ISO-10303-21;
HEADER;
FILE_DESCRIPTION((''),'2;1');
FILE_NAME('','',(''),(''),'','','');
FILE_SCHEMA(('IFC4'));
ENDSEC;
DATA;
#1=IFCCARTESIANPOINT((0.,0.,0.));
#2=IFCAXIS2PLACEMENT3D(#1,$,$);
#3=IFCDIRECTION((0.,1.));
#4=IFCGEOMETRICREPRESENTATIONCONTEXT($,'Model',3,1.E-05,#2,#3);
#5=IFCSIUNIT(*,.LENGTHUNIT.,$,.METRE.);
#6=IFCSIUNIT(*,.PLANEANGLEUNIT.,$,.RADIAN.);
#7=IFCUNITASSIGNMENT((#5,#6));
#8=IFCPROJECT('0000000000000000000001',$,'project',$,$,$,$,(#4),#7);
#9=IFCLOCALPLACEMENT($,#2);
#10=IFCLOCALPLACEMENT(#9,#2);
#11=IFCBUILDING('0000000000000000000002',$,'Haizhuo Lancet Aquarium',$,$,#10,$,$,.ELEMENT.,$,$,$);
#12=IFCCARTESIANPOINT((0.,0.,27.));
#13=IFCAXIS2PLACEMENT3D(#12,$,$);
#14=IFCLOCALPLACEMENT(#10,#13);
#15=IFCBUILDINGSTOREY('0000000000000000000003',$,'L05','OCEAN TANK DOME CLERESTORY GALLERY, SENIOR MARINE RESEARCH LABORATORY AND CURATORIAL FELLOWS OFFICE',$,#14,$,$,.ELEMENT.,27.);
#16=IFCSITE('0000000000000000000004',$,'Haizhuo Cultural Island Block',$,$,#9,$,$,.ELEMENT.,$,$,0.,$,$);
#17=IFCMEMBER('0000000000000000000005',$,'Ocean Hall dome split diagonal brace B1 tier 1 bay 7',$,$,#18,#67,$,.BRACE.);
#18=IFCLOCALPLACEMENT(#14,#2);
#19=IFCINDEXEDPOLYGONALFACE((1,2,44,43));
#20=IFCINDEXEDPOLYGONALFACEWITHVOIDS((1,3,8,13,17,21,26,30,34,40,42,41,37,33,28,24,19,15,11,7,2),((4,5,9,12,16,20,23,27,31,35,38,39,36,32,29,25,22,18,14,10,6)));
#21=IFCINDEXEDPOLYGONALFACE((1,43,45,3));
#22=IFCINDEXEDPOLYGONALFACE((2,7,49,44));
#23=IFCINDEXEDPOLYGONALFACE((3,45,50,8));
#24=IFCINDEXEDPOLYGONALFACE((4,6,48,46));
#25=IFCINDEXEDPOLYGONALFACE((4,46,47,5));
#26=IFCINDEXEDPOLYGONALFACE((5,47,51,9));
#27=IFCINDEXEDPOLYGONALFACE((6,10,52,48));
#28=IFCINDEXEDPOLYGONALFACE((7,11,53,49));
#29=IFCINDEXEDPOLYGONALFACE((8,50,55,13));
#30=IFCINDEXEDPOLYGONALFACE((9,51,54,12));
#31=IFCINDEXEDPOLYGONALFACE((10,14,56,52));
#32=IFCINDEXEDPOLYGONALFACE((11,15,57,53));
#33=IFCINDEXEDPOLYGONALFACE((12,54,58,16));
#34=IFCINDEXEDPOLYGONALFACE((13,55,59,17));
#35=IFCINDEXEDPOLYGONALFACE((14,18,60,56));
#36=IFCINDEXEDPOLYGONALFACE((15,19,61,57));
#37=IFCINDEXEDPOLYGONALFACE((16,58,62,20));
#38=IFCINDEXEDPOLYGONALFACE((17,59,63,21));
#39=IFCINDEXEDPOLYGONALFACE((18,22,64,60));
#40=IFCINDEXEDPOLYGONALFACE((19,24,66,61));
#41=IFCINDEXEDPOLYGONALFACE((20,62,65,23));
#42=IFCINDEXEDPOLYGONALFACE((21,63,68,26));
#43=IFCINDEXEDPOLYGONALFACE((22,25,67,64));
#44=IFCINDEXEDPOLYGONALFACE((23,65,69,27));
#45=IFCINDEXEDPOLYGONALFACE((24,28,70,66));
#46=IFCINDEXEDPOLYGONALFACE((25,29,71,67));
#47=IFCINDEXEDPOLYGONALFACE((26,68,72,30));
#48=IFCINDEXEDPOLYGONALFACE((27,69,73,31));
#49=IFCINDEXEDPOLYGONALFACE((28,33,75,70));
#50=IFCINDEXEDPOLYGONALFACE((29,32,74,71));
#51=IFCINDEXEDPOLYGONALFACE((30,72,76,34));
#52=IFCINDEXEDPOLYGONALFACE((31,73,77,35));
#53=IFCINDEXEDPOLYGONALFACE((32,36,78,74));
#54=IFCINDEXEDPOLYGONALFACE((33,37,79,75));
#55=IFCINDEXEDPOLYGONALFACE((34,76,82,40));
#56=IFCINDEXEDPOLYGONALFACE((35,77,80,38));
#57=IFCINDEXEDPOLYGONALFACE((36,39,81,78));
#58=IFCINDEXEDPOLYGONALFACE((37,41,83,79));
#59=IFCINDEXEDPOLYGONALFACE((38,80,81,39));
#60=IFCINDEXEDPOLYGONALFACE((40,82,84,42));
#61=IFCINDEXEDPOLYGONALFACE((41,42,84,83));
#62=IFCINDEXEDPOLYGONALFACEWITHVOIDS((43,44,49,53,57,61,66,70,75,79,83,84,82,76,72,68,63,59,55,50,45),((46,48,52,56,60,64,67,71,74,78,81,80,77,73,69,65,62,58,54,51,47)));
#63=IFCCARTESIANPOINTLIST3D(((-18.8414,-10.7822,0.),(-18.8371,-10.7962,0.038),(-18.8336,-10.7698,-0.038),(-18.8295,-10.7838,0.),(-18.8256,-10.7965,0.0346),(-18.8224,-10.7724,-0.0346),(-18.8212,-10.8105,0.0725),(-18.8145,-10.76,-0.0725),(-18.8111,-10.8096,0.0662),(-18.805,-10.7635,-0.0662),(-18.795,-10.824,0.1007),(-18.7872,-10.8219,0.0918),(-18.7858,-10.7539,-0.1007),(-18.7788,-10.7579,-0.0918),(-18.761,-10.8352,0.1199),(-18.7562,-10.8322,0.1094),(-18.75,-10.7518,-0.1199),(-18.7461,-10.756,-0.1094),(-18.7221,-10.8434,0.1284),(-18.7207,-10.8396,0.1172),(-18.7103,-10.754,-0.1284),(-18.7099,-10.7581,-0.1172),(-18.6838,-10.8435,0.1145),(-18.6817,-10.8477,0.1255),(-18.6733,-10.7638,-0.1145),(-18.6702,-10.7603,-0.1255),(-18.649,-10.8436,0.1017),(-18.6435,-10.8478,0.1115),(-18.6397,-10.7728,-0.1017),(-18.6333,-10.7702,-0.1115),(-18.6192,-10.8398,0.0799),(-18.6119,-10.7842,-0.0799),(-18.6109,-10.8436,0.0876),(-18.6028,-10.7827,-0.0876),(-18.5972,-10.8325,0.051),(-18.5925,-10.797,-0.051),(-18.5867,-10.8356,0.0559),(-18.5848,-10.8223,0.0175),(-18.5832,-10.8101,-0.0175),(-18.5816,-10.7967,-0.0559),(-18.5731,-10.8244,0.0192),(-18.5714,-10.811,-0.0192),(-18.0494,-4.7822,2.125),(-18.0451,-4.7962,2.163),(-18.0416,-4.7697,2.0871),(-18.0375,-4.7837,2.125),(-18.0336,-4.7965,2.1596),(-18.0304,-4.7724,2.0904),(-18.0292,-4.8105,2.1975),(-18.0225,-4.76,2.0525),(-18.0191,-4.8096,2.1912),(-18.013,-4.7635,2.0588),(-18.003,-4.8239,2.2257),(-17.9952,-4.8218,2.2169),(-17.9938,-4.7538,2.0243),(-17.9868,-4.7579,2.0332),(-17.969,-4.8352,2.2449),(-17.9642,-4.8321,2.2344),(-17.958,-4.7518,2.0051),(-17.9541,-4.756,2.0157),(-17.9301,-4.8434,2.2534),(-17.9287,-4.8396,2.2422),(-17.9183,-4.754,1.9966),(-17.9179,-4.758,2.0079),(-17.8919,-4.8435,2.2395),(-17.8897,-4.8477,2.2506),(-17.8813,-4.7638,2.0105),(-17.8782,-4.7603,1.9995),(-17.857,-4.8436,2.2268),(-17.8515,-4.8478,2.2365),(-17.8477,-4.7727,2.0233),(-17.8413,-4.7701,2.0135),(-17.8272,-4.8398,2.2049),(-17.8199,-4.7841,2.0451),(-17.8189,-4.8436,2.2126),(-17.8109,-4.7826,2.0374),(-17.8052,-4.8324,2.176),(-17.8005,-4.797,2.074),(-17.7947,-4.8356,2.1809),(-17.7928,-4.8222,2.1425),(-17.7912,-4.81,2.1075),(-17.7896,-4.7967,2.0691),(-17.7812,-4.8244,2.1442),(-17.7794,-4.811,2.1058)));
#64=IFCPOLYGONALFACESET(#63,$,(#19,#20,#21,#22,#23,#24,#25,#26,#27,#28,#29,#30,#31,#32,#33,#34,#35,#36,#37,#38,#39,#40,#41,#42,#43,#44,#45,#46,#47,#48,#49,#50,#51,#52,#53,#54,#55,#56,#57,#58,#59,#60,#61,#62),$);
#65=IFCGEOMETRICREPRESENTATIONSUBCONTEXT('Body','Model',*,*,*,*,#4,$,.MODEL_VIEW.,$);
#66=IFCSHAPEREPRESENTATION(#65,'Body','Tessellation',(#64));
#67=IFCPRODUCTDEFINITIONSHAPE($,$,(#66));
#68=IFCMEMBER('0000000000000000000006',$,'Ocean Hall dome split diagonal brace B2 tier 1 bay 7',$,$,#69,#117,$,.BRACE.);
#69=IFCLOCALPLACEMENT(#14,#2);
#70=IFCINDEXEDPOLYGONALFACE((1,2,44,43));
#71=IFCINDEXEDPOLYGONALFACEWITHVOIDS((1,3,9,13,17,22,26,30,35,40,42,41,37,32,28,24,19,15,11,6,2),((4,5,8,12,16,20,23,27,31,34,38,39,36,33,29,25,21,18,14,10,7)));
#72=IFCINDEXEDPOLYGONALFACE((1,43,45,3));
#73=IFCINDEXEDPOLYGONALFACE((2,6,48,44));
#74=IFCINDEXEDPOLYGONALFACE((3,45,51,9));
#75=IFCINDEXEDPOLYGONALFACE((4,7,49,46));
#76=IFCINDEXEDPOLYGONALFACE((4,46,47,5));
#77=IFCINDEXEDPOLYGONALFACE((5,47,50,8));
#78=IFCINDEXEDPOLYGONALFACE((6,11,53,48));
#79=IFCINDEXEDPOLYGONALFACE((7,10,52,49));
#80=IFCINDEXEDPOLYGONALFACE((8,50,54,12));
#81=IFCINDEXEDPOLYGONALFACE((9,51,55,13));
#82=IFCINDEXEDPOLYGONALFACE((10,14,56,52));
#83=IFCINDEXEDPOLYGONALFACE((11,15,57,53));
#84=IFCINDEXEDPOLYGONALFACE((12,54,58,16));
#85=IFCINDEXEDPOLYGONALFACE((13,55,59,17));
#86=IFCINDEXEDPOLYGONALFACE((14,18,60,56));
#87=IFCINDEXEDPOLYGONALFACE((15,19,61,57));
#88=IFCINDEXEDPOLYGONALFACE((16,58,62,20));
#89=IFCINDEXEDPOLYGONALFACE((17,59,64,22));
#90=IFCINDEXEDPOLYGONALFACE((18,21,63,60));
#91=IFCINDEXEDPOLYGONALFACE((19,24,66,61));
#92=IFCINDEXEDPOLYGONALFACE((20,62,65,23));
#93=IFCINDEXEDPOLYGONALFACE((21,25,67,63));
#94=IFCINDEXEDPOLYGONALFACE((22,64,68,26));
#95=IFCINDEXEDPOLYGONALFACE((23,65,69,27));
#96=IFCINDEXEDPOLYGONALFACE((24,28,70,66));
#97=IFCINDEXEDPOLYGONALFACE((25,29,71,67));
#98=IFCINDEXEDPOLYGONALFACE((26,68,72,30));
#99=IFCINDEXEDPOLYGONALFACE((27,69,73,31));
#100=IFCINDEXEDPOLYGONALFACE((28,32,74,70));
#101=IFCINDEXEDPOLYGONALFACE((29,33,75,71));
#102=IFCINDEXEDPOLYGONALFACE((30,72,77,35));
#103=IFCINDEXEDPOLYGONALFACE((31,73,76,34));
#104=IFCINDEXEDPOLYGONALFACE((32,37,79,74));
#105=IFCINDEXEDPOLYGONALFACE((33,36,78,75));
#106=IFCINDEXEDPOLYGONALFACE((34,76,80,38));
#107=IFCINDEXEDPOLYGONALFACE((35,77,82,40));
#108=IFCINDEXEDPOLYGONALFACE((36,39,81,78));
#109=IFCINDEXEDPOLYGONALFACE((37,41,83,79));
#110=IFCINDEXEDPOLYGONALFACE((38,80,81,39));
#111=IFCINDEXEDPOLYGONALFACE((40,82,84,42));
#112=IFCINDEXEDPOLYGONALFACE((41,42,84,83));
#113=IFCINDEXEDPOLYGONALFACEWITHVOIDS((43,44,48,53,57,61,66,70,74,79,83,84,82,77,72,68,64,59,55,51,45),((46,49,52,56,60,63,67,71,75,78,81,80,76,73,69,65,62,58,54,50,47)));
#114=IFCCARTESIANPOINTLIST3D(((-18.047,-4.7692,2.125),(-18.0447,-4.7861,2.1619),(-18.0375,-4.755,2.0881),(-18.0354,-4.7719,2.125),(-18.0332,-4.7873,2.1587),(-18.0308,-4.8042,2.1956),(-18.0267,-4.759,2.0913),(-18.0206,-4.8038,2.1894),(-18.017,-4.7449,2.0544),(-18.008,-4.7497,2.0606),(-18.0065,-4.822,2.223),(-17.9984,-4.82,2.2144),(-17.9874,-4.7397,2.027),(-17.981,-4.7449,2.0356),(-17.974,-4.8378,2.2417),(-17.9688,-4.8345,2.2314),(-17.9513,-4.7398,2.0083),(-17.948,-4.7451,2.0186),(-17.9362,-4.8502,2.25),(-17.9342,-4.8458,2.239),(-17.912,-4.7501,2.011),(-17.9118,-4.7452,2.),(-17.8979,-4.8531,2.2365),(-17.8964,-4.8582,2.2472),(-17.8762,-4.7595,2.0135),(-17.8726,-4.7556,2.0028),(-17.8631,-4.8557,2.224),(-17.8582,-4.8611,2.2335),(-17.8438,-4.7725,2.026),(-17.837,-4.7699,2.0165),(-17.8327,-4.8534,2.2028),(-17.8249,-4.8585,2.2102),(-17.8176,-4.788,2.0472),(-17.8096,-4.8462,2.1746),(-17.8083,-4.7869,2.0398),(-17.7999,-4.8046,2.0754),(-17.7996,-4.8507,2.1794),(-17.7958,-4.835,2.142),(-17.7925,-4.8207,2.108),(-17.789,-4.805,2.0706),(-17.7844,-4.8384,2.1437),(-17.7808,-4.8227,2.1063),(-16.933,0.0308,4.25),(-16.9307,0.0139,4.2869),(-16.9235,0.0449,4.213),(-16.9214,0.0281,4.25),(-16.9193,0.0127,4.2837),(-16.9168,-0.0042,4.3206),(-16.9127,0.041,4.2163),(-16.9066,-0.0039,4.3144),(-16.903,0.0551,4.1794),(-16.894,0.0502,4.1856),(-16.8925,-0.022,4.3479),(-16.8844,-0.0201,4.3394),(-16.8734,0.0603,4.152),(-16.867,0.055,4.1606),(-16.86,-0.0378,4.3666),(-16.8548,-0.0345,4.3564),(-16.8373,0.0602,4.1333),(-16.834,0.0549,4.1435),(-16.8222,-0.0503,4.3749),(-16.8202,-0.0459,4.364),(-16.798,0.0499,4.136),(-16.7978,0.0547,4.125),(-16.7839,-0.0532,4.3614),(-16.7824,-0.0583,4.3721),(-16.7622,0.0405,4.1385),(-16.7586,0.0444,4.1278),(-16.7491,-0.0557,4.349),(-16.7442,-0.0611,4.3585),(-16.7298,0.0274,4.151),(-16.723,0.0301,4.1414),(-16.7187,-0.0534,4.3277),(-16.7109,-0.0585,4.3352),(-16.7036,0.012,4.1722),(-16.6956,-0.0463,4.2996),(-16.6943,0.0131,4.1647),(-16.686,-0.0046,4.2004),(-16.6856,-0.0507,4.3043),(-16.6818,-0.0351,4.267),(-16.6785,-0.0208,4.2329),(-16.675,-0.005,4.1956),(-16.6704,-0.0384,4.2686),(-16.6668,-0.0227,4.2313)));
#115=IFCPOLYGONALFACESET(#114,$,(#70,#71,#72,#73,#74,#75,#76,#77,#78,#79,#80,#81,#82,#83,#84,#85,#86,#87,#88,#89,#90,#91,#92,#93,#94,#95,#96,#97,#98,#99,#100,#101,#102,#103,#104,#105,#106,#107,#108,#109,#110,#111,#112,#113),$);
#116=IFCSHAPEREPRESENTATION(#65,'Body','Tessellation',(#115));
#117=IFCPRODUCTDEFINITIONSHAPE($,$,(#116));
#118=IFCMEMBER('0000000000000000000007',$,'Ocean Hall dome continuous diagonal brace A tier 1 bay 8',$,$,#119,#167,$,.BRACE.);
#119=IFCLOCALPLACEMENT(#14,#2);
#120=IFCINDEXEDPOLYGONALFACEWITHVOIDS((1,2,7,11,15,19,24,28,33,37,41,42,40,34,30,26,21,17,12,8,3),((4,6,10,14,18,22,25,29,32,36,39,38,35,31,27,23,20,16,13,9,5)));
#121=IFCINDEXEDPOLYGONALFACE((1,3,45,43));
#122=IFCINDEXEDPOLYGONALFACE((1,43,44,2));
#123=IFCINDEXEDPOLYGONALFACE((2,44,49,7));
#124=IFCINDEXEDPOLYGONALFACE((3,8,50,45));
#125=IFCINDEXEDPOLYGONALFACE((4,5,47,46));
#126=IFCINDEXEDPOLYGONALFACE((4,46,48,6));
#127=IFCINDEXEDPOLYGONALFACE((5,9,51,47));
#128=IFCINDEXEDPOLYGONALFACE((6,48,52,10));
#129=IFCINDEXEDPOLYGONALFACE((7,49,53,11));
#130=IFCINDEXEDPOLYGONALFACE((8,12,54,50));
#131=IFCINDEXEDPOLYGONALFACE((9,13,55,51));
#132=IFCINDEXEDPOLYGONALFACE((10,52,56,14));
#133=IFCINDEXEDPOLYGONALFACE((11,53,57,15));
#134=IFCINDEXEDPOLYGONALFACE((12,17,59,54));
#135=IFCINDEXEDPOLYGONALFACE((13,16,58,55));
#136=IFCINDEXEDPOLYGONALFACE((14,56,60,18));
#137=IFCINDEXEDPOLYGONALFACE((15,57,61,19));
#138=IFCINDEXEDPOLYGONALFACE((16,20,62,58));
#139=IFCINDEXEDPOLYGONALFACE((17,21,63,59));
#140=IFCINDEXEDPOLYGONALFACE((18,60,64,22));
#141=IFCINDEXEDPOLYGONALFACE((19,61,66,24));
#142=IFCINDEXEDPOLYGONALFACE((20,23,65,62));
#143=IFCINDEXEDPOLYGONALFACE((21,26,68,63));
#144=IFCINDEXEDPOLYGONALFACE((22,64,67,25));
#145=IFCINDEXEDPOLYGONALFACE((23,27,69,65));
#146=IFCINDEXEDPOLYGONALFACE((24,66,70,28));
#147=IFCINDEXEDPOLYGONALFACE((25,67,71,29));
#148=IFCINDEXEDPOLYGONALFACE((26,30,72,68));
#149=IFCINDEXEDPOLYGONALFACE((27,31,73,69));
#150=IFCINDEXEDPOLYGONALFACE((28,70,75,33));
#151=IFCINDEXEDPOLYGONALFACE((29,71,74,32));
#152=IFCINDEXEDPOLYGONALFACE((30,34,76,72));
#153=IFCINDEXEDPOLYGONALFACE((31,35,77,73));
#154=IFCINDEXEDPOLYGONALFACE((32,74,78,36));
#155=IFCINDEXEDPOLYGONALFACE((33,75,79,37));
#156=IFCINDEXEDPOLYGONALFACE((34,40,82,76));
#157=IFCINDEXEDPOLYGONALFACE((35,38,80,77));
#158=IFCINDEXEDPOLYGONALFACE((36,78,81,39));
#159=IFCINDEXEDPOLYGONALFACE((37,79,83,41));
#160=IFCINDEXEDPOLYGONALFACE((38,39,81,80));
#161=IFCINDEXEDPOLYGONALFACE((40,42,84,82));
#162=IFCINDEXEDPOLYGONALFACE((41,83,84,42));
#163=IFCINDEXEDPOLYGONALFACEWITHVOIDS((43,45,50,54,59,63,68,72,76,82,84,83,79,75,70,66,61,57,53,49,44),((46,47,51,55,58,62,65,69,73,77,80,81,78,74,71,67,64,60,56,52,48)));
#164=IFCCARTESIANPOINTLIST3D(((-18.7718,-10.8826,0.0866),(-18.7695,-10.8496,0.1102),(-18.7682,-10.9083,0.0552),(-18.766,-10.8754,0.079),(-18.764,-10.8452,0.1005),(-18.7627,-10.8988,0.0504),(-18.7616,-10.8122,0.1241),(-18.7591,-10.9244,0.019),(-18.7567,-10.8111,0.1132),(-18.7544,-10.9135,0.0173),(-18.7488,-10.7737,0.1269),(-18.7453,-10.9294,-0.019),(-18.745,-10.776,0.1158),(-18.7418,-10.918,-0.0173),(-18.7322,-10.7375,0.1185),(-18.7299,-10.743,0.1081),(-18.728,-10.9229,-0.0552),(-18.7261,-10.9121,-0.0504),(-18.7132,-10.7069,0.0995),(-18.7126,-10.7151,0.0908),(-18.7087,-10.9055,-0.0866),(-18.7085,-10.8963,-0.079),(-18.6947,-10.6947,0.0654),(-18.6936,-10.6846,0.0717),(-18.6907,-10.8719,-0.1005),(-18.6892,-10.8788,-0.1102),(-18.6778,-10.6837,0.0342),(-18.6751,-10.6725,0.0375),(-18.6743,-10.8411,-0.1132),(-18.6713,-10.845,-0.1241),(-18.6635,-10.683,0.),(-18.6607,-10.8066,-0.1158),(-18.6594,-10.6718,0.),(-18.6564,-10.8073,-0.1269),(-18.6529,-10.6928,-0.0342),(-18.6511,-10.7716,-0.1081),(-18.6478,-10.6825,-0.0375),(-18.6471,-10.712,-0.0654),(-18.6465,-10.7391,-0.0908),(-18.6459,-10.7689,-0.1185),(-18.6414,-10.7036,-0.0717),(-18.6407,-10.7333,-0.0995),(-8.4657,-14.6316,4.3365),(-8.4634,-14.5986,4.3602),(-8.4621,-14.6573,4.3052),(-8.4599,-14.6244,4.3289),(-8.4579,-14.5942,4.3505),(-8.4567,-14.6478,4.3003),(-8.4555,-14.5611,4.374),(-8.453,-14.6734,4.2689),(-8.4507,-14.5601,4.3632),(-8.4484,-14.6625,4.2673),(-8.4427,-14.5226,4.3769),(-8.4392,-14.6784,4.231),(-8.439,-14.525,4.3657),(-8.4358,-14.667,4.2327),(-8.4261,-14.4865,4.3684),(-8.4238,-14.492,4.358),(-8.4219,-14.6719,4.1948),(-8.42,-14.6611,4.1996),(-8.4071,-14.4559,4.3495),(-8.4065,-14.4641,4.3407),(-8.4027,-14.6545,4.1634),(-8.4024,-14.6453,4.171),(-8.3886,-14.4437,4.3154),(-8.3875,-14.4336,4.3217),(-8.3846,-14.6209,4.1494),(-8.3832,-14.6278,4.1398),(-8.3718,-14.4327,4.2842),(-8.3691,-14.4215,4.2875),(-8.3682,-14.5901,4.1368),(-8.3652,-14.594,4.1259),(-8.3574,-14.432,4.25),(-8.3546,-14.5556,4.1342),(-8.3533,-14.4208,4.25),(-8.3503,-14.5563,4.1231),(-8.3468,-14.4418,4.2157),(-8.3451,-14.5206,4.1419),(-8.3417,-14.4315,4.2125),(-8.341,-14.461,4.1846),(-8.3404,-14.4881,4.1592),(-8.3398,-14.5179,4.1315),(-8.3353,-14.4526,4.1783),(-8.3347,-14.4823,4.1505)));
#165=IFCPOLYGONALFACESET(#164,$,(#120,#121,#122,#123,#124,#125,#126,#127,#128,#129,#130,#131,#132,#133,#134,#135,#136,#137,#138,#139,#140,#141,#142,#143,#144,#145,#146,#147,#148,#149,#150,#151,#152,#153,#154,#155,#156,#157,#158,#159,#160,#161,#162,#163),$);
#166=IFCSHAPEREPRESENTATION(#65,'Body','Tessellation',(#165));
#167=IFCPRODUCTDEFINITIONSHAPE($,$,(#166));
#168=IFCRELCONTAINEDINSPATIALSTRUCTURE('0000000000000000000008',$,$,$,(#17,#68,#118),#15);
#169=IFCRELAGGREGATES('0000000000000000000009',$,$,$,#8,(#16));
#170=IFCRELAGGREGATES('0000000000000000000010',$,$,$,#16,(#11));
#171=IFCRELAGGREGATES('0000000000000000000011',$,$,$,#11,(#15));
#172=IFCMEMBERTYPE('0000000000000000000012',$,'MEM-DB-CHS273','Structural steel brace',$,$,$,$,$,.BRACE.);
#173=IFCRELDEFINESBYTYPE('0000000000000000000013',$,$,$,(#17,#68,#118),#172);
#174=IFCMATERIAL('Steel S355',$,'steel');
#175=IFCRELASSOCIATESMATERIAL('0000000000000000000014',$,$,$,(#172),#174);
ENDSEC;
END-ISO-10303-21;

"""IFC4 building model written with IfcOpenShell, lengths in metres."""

from ifc_helpers import new_model, si_unit, direction, frame, origin, origin_2d, place, context, subcontext, project, spatial, hollow_circle, extrude, material, material_profile, profile_set, type_object, element, save


model = new_model("IFC4")

# Units and contexts
model_context = context("Model", 3, precision=1e-05, world=origin(), true_north=direction((0.0, 1.0)))
body_context = subcontext(model_context, "Body", "Model", "MODEL_VIEW")
ifc_project = project(units=[si_unit("LENGTHUNIT", "METRE"), si_unit("PLANEANGLEUNIT", "RADIAN")], contexts=[model_context])

# Site, building, storey
site_placement = place(None, origin())
site = spatial("IfcSite", under=ifc_project, at=site_placement, Name="Haizhuo Cultural Island Block", CompositionType="ELEMENT", RefElevation=0.0)
building_placement = place(site_placement, origin())
building = spatial("IfcBuilding", under=site, at=building_placement, Name="Haizhuo Lancet Aquarium", CompositionType="ELEMENT")
storey_placement = place(building_placement, frame((0.0, 0.0, 27.0)))
storey = spatial("IfcBuildingStorey", under=building, at=storey_placement, Name="L05", Description="OCEAN TANK DOME CLERESTORY GALLERY, SENIOR MARINE RESEARCH LABORATORY AND CURATORIAL FELLOWS OFFICE", CompositionType="ELEMENT", Elevation=27.0)

# Members
ifc_material_1 = material(Name="Steel S355", Category="steel")
ifc_material_profile_1 = material_profile(ifc_material_1, hollow_circle(Radius=0.1365, WallThickness=0.012, at=origin_2d()), Name="CHS 273x12")
ifc_profile_set_1 = profile_set([ifc_material_profile_1], Name="Steel S355")
member_type_1 = type_object("IfcMemberType", Name="MEM-DB-CHS273", Description="Structural steel brace", PredefinedType="BRACE", material=ifc_profile_set_1)
member_1_placement = place(storey_placement, frame((-18.7061, -10.8, 0.0), z_axis=(0.123473, 0.935414, 0.331293), x_axis=(-0.9914, 0.130864, 0.0)))
element("IfcMember", 1, at=member_1_placement, inside=storey, type_object=member_type_1, Name="Ocean Hall dome split diagonal brace B1 tier 1 bay 7", PredefinedType="BRACE", context=body_context, shape_type="SweptSolid", body=[
    extrude(hollow_circle(Radius=0.1365, WallThickness=0.012, at=origin_2d()), origin(), (0.0, 0.0, 1.0), 6.4143),
])
member_2_placement = place(storey_placement, frame((-17.9141, -4.8, 2.125), z_axis=(0.207595, 0.894481, 0.39599), x_axis=(-0.97411, 0.226075, 0.0)))
element("IfcMember", 2, at=member_2_placement, inside=storey, type_object=member_type_1, Name="Ocean Hall dome split diagonal brace B2 tier 1 bay 7", PredefinedType="BRACE", context=body_context, shape_type="SweptSolid", body=[
    extrude(hollow_circle(Radius=0.1365, WallThickness=0.012, at=origin_2d()), origin(), (0.0, 0.0, 1.0), 5.3662),
])
member_3_placement = place(storey_placement, frame((-18.7061, -10.8, 0.0), z_axis=(0.876257, -0.318752, 0.361346), x_axis=(0.34185, 0.939754, 0.0)))
element("IfcMember", 3, at=member_3_placement, inside=storey, type_object=member_type_1, Name="Ocean Hall dome continuous diagonal brace A tier 1 bay 8", PredefinedType="BRACE", context=body_context, shape_type="SweptSolid", body=[
    extrude(hollow_circle(Radius=0.1365, WallThickness=0.012, at=origin_2d()), origin(), (0.0, 0.0, 1.0), 11.7615),
])

save(model, "model.ifc")
